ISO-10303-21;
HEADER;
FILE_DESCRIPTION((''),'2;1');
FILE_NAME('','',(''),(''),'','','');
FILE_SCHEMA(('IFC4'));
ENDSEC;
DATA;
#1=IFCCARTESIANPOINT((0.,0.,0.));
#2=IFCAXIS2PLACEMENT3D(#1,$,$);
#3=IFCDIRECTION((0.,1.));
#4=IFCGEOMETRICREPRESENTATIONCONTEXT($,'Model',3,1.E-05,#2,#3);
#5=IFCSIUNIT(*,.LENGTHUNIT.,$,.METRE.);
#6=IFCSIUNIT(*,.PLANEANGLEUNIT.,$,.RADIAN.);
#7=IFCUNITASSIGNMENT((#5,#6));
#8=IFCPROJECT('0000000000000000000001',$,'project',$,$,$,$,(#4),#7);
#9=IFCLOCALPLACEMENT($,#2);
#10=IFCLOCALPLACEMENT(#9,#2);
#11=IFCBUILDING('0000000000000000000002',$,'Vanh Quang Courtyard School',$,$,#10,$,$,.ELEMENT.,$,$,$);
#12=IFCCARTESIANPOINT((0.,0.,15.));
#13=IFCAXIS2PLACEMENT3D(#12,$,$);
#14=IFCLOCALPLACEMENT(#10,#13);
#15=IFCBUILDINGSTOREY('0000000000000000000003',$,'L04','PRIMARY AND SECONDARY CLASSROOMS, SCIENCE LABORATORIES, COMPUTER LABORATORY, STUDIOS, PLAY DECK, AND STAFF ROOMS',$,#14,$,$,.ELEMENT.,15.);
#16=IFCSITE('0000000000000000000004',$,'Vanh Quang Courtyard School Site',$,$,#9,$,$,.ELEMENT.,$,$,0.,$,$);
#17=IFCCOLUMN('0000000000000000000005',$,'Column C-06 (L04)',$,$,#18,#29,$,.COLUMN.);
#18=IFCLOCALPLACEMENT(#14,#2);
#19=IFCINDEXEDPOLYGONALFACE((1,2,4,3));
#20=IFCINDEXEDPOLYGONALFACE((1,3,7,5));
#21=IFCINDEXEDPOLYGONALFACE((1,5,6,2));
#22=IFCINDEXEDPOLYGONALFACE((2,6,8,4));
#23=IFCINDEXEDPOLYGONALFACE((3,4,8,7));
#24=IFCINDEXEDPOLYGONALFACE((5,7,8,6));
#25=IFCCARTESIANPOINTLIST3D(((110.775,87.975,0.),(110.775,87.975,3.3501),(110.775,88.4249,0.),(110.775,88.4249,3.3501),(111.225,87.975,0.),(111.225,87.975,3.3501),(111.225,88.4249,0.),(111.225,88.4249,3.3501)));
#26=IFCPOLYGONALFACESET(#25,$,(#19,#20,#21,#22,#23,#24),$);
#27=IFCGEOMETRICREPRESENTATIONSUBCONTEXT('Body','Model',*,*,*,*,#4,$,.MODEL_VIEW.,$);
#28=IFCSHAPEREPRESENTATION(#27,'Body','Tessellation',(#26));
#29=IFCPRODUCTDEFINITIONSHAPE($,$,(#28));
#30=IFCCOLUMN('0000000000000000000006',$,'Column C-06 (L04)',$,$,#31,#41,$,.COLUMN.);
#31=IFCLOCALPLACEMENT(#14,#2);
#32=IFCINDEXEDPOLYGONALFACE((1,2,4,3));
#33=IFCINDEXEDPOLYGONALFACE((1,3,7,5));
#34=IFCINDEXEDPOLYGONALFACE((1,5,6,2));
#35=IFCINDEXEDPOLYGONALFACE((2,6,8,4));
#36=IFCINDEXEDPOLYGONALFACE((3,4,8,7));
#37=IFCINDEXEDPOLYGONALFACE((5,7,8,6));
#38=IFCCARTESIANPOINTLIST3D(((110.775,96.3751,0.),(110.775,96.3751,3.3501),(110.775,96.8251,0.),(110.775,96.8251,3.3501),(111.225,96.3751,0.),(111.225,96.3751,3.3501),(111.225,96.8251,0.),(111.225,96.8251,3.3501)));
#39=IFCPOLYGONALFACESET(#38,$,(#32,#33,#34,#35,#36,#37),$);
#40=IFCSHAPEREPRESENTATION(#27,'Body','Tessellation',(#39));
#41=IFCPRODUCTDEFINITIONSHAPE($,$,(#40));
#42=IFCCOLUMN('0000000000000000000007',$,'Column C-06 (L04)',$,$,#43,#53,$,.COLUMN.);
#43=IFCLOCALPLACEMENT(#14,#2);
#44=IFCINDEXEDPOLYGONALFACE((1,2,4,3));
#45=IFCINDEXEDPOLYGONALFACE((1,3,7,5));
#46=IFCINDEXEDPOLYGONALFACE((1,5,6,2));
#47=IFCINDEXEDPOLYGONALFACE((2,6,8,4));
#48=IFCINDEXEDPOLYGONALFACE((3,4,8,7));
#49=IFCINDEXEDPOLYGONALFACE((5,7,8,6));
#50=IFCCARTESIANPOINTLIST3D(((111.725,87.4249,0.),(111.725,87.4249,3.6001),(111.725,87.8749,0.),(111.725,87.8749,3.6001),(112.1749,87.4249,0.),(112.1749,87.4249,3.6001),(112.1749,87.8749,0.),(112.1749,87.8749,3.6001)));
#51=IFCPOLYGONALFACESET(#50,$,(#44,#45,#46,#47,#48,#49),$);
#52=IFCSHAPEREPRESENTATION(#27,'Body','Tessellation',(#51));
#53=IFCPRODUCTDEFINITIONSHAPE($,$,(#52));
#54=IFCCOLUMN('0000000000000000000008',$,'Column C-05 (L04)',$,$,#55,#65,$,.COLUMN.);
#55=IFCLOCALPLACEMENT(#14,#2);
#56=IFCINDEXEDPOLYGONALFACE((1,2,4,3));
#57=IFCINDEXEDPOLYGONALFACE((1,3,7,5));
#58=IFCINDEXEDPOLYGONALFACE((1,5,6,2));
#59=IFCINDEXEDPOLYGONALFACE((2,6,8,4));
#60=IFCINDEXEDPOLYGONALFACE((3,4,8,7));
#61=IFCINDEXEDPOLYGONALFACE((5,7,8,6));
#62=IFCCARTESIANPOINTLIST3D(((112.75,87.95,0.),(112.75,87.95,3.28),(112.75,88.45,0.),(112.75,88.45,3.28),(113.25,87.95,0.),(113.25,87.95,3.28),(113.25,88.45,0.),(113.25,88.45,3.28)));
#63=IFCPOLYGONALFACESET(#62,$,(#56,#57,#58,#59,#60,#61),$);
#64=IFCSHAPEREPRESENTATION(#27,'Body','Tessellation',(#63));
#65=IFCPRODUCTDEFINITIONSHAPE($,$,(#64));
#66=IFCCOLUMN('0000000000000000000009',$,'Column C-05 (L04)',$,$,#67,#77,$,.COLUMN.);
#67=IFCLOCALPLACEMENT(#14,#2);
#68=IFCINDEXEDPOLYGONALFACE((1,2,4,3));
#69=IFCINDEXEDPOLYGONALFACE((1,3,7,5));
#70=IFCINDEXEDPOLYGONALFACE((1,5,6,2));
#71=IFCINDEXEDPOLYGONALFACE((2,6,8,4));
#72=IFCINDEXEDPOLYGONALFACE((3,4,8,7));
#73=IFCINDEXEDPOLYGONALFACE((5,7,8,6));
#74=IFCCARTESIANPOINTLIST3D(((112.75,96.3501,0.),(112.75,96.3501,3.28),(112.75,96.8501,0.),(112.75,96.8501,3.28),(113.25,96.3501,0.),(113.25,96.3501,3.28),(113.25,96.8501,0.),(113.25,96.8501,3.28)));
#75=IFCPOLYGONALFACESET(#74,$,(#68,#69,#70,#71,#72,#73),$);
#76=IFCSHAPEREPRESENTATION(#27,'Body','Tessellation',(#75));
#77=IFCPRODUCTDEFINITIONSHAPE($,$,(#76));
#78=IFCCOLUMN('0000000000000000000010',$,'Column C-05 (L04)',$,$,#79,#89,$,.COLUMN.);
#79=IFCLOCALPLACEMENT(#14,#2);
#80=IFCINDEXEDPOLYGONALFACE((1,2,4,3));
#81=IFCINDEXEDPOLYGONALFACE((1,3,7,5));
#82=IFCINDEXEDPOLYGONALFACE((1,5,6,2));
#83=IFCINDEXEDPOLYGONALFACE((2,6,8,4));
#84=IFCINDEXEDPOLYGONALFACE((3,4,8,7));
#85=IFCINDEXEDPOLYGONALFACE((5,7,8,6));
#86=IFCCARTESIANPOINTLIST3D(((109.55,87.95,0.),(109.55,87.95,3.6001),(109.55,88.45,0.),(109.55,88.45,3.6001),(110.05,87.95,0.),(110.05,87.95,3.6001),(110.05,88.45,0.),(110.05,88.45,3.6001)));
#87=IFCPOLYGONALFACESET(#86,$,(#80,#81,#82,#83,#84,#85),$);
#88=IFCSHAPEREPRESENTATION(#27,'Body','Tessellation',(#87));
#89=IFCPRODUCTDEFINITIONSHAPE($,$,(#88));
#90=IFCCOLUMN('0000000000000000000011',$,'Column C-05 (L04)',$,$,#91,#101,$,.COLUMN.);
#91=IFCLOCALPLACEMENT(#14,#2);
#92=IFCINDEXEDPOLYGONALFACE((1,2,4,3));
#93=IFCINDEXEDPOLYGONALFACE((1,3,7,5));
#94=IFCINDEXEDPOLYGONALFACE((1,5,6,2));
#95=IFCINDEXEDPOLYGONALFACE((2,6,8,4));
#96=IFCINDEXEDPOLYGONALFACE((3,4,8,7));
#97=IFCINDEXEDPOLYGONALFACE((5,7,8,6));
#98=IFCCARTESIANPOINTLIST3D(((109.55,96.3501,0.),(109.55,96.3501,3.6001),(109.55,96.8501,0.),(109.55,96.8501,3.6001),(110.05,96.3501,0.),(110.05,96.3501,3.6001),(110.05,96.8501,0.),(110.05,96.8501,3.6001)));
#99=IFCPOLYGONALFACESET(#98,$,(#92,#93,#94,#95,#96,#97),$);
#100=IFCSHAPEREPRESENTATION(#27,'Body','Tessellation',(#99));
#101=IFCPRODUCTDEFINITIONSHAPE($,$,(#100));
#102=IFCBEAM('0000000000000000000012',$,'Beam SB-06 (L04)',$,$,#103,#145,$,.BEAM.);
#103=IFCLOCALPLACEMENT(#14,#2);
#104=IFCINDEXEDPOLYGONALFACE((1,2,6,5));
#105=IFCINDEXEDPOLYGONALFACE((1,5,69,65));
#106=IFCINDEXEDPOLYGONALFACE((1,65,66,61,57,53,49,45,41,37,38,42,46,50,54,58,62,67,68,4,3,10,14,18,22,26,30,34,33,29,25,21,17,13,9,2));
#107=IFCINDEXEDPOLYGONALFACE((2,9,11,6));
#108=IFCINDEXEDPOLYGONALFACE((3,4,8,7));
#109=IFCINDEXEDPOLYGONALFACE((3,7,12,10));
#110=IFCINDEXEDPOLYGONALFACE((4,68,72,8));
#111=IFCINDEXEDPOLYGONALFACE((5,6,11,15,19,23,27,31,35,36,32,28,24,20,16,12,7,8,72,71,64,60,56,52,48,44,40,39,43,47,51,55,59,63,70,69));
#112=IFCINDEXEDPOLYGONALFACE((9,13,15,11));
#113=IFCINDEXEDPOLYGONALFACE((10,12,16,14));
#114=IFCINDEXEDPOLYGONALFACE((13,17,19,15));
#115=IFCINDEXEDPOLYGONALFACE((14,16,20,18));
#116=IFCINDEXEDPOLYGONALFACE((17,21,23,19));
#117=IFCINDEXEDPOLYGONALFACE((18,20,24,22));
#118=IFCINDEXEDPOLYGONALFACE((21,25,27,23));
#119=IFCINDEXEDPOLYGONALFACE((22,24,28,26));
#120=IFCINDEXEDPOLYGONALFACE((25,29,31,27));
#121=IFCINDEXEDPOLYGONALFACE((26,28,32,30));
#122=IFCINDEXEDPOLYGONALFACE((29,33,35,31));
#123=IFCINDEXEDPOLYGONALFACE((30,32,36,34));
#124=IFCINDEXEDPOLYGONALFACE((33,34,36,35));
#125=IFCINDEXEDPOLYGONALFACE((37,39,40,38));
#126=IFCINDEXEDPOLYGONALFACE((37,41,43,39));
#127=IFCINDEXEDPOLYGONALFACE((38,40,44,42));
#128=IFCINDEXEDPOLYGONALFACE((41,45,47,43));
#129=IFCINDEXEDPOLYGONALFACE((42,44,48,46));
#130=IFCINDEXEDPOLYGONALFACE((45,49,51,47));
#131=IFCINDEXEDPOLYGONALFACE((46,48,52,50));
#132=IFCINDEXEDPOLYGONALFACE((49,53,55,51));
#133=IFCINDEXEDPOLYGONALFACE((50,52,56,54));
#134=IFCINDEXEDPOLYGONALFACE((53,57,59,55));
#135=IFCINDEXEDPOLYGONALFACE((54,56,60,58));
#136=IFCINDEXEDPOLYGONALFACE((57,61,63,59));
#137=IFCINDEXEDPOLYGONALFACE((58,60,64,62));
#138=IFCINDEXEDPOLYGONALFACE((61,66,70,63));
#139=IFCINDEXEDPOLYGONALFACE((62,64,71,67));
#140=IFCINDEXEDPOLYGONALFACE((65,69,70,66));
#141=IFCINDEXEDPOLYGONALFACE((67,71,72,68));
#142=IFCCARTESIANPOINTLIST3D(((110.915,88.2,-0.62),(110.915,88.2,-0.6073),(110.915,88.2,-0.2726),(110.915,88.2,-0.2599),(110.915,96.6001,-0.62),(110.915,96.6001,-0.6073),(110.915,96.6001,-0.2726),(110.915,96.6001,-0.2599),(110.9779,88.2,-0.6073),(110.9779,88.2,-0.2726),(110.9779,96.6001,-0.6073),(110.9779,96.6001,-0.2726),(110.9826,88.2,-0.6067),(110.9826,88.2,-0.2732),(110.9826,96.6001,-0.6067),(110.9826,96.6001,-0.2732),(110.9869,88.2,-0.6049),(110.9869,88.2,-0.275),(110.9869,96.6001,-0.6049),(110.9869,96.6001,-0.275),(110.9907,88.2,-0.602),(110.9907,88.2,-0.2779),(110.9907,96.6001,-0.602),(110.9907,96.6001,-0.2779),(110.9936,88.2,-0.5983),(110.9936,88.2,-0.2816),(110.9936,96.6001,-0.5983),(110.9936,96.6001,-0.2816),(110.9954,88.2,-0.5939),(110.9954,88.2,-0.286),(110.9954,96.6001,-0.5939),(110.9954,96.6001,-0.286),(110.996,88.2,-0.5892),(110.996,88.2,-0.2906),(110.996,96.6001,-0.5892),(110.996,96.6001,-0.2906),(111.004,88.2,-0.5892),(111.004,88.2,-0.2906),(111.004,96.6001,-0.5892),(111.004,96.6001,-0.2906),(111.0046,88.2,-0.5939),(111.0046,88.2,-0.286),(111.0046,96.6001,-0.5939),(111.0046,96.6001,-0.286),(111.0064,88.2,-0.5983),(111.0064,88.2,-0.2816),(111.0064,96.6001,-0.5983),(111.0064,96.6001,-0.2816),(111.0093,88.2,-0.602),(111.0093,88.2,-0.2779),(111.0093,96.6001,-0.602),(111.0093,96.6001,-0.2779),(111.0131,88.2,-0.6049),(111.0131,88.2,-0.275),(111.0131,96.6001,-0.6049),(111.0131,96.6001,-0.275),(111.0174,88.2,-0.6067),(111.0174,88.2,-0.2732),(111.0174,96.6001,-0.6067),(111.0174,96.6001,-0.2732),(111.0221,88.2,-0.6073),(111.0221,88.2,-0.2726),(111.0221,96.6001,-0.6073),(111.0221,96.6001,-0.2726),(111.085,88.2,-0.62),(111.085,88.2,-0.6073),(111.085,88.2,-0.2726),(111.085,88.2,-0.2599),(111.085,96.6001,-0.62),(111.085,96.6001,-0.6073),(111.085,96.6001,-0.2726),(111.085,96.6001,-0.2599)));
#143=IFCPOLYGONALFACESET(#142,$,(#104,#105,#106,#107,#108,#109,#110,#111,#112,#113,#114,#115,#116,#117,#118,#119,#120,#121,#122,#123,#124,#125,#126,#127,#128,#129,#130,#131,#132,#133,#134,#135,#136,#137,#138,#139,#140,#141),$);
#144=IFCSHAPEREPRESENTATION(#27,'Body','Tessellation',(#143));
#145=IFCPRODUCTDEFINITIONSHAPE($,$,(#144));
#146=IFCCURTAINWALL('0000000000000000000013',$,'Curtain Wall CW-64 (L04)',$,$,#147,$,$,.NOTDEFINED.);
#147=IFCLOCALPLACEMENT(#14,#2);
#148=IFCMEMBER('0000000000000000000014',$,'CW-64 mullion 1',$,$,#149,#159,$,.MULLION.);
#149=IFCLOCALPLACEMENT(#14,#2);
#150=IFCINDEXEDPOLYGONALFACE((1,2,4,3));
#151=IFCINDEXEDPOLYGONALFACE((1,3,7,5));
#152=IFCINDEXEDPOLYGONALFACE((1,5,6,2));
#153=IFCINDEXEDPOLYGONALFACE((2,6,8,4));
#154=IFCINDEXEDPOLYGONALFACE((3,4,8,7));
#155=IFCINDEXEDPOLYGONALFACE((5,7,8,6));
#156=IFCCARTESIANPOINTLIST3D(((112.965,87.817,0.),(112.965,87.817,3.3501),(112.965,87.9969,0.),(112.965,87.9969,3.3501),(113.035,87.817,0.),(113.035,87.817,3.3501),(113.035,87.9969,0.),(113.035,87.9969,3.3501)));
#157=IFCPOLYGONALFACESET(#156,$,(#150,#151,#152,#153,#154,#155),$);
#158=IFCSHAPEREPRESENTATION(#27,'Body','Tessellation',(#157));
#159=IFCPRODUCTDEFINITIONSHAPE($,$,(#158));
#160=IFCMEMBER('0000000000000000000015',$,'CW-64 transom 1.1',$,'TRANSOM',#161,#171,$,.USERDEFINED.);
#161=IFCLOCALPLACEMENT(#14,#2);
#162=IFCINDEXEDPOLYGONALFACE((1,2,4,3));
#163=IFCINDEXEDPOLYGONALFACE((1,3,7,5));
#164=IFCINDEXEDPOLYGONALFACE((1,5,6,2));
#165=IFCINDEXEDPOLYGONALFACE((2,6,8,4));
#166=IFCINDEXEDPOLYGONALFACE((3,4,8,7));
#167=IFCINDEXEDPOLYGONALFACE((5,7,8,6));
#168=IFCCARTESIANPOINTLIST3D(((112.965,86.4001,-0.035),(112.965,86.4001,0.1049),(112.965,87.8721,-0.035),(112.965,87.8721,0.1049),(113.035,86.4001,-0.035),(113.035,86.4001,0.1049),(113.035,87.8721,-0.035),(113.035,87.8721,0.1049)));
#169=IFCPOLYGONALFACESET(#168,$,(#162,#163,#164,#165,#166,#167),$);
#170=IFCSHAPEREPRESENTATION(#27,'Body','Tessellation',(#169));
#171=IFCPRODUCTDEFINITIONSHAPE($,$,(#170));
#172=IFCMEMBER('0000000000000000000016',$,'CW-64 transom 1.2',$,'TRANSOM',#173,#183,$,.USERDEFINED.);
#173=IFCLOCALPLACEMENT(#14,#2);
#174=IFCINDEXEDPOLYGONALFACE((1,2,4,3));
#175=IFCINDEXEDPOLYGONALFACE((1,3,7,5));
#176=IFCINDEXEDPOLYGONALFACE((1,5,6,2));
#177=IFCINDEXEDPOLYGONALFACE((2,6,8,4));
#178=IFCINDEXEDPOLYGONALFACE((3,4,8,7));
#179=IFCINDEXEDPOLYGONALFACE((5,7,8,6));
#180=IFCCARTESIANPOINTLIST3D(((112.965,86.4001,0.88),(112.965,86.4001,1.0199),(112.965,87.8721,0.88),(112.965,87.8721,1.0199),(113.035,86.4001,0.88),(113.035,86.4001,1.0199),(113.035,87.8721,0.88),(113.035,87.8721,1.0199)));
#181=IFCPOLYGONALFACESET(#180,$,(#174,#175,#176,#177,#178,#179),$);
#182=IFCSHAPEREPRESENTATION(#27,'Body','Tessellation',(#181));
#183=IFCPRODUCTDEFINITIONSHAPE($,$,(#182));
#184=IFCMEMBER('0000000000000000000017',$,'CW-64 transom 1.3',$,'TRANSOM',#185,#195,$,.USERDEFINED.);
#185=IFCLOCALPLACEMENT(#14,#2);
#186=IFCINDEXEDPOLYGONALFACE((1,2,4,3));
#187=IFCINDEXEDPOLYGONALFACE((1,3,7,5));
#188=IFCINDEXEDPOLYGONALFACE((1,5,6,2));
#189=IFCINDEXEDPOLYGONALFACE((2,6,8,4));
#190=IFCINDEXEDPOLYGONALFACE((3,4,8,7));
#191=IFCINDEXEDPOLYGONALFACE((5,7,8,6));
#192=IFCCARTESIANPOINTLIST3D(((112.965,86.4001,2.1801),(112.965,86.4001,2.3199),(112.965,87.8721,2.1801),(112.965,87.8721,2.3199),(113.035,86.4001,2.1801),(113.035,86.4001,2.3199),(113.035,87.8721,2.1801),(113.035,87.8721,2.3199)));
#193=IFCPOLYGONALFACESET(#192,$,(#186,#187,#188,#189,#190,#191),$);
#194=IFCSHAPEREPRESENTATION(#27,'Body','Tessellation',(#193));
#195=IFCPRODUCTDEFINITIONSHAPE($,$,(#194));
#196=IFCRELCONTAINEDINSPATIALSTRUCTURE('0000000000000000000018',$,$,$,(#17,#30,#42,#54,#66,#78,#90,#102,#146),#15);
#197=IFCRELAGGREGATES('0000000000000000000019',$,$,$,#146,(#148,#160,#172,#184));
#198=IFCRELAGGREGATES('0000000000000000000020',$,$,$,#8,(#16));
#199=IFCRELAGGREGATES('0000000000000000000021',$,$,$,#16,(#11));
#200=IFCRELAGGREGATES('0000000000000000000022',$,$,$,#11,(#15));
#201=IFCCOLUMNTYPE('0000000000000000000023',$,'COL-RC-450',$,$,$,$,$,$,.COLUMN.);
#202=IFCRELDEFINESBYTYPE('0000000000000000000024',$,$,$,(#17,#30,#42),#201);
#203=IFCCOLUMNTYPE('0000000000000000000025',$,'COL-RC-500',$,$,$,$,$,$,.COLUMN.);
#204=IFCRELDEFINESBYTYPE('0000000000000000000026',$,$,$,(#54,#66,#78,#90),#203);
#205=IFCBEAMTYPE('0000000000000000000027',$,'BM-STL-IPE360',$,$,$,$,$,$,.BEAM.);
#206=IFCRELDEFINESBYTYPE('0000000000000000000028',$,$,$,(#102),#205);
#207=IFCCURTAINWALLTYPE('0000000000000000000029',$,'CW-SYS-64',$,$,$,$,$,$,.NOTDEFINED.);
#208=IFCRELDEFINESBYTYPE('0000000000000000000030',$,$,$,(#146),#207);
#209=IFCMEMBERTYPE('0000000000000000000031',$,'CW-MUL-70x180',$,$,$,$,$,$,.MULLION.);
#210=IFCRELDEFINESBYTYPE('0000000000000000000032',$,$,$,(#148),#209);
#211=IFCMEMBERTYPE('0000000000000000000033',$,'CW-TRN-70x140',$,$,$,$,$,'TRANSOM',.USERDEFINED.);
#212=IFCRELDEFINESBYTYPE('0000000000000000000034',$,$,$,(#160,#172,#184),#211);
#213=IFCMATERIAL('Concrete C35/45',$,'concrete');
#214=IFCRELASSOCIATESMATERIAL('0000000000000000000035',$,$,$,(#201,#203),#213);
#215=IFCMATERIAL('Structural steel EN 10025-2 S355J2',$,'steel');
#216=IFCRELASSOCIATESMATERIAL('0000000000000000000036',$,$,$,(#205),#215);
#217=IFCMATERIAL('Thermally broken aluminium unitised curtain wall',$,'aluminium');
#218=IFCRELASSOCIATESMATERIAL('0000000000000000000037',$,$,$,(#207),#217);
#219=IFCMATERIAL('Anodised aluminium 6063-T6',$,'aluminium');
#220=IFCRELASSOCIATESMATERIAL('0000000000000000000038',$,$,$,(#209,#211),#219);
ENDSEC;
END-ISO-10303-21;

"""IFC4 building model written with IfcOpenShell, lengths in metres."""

from ifc_helpers import new_model, si_unit, direction, frame, origin, origin_2d, place, context, subcontext, project, spatial, rectangle, i_section, extrude, material, material_profile, profile_set, type_object, element, aggregate, save


model = new_model("IFC4")

# Units and contexts
model_context = context("Model", 3, precision=1e-05, world=origin(), true_north=direction((0.0, 1.0)))
body_context = subcontext(model_context, "Body", "Model", "MODEL_VIEW")
ifc_project = project(units=[si_unit("LENGTHUNIT", "METRE"), si_unit("PLANEANGLEUNIT", "RADIAN")], contexts=[model_context])

# Site, building, storey
site_placement = place(None, origin())
site = spatial("IfcSite", under=ifc_project, at=site_placement, Name="Vanh Quang Courtyard School Site", CompositionType="ELEMENT", RefElevation=0.0)
building_placement = place(site_placement, origin())
building = spatial("IfcBuilding", under=site, at=building_placement, Name="Vanh Quang Courtyard School", CompositionType="ELEMENT")
storey_placement = place(building_placement, frame((0.0, 0.0, 15.0)))
storey = spatial("IfcBuildingStorey", under=building, at=storey_placement, Name="L04", Description="PRIMARY AND SECONDARY CLASSROOMS, SCIENCE LABORATORIES, COMPUTER LABORATORY, STUDIOS, PLAY DECK, AND STAFF ROOMS", CompositionType="ELEMENT", Elevation=15.0)

# Columns
ifc_material_1 = material(Name="Concrete C35/45", Category="concrete")
ifc_material_profile_1 = material_profile(ifc_material_1, rectangle(XDim=0.45, YDim=0.45, at=origin_2d()), Name="RC-COL 450x450")
ifc_profile_set_1 = profile_set([ifc_material_profile_1], Name="Concrete C35/45")
column_type_1 = type_object("IfcColumnType", Name="COL-RC-450", PredefinedType="COLUMN", material=ifc_profile_set_1)
for number, where, z_axis, x_axis, name in (
    (1, (111.0, 88.2, 0.0), (0.0, 0.0, 1.0), (1.0, 0.0, 0.0), "Column C-06 (L04)"),
    (2, (111.0, 96.6001, 0.0), (0.0, 0.0, 1.0), (1.0, 0.0, 0.0), "Column C-06 (L04)"),
):
    element("IfcColumn", number, at=place(storey_placement, frame(where, z_axis=z_axis, x_axis=x_axis)), inside=storey, type_object=column_type_1, Name=name, PredefinedType="COLUMN", context=body_context, shape_type="SweptSolid", body=[
        extrude(rectangle(XDim=0.45, YDim=0.45, at=origin_2d()), origin(), (0.0, 0.0, 1.0), 3.3501),
    ])
column_placement = place(storey_placement, frame((111.95, 87.6499, 0.0), z_axis=(0.0, 0.0, 1.0), x_axis=(1.0, 0.0, 0.0)))
element("IfcColumn", 3, at=column_placement, inside=storey, type_object=column_type_1, Name="Column C-06 (L04)", PredefinedType="COLUMN", context=body_context, shape_type="SweptSolid", body=[
    extrude(rectangle(XDim=0.45, YDim=0.45, at=origin_2d()), origin(), (0.0, 0.0, 1.0), 3.6001),
])
ifc_material_profile_2 = material_profile(ifc_material_1, rectangle(XDim=0.5, YDim=0.5, at=origin_2d()), Name="RC-COL 500x500")
ifc_profile_set_2 = profile_set([ifc_material_profile_2], Name="Concrete C35/45")
column_type_2 = type_object("IfcColumnType", Name="COL-RC-500", PredefinedType="COLUMN", material=ifc_profile_set_2)
for number, where, z_axis, x_axis, name in (
    (4, (113.0, 88.2, 0.0), (0.0, 0.0, 1.0), (1.0, 0.0, 0.0), "Column C-05 (L04)"),
    (5, (113.0, 96.6001, 0.0), (0.0, 0.0, 1.0), (1.0, 0.0, 0.0), "Column C-05 (L04)"),
):
    element("IfcColumn", number, at=place(storey_placement, frame(where, z_axis=z_axis, x_axis=x_axis)), inside=storey, type_object=column_type_2, Name=name, PredefinedType="COLUMN", context=body_context, shape_type="SweptSolid", body=[
        extrude(rectangle(XDim=0.5, YDim=0.5, at=origin_2d()), origin(), (0.0, 0.0, 1.0), 3.28),
    ])
for number, where, z_axis, x_axis, name in (
    (6, (109.8, 88.2, 0.0), (0.0, 0.0, 1.0), (1.0, 0.0, 0.0), "Column C-05 (L04)"),
    (7, (109.8, 96.6001, 0.0), (0.0, 0.0, 1.0), (1.0, 0.0, 0.0), "Column C-05 (L04)"),
):
    element("IfcColumn", number, at=place(storey_placement, frame(where, z_axis=z_axis, x_axis=x_axis)), inside=storey, type_object=column_type_2, Name=name, PredefinedType="COLUMN", context=body_context, shape_type="SweptSolid", body=[
        extrude(rectangle(XDim=0.5, YDim=0.5, at=origin_2d()), origin(), (0.0, 0.0, 1.0), 3.6001),
    ])

# Beam
ifc_material_2 = material(Name="Structural steel EN 10025-2 S355J2", Category="steel")
ifc_material_profile_3 = material_profile(ifc_material_2, i_section(OverallWidth=0.1699, OverallDepth=0.3601, WebThickness=0.0081, FlangeThickness=0.0127, FilletRadius=0.0181, at=origin_2d()), Name="IPE 360")
ifc_profile_set_3 = profile_set([ifc_material_profile_3], Name="Structural steel EN 10025-2 S355J2")
beam_type = type_object("IfcBeamType", Name="BM-STL-IPE360", PredefinedType="BEAM", material=ifc_profile_set_3)
beam_placement = place(storey_placement, frame((111.0, 88.2, -0.4399), z_axis=(0.0, 1.0, 0.0), x_axis=(-1.0, 0.0, 0.0)))
element("IfcBeam", 8, at=beam_placement, inside=storey, type_object=beam_type, Name="Beam SB-06 (L04)", PredefinedType="BEAM", context=body_context, shape_type="SweptSolid", body=[
    extrude(i_section(OverallWidth=0.1699, OverallDepth=0.3601, WebThickness=0.0081, FlangeThickness=0.0127, FilletRadius=0.0181, at=origin_2d()), origin(), (0.0, 0.0, 1.0), 8.4001),
])

# Curtain wall, members
ifc_material_3 = material(Name="Thermally broken aluminium unitised curtain wall", Category="aluminium")
curtain_wall_type = type_object("IfcCurtainWallType", Name="CW-SYS-64", PredefinedType="NOTDEFINED", material=ifc_material_3)
curtain_wall_placement = place(storey_placement, origin())
curtain_wall = element("IfcCurtainWall", 9, at=curtain_wall_placement, inside=storey, type_object=curtain_wall_type, Name="Curtain Wall CW-64 (L04)", PredefinedType="NOTDEFINED")
ifc_material_4 = material(Name="Anodised aluminium 6063-T6", Category="aluminium")
ifc_material_profile_4 = material_profile(ifc_material_4, rectangle(XDim=0.0701, YDim=0.1799, at=origin_2d()), Name="ALU-MUL 70x180")
ifc_profile_set_4 = profile_set([ifc_material_profile_4], Name="Anodised aluminium 6063-T6")
member_type_1 = type_object("IfcMemberType", Name="CW-MUL-70x180", PredefinedType="MULLION", material=ifc_profile_set_4)
member_1_placement = place(storey_placement, frame((113.0, 87.907, 0.0), z_axis=(0.0, 0.0, 1.0), x_axis=(1.0, 0.0, 0.0)))
member_1 = element("IfcMember", 10, at=member_1_placement, type_object=member_type_1, Name="CW-64 mullion 1", PredefinedType="MULLION", context=body_context, shape_type="SweptSolid", body=[
    extrude(rectangle(XDim=0.0701, YDim=0.1799, at=origin_2d()), origin(), (0.0, 0.0, 1.0), 3.3501),
])
ifc_material_profile_5 = material_profile(ifc_material_4, rectangle(XDim=0.0701, YDim=0.1399, at=origin_2d()), Name="ALU-TRN 70x140")
ifc_profile_set_5 = profile_set([ifc_material_profile_5], Name="Anodised aluminium 6063-T6")
member_type_2 = type_object("IfcMemberType", Name="CW-TRN-70x140", ElementType="TRANSOM", PredefinedType="USERDEFINED", material=ifc_profile_set_5)
member_2_placement = place(storey_placement, frame((113.0, 87.8721, 0.0349), z_axis=(0.0, -1.0, 0.0), x_axis=(1.0, 0.0, 0.0)))
member_2 = element("IfcMember", 11, at=member_2_placement, type_object=member_type_2, Name="CW-64 transom 1.1", ObjectType="TRANSOM", PredefinedType="USERDEFINED", context=body_context, shape_type="SweptSolid", body=[
    extrude(rectangle(XDim=0.0701, YDim=0.1399, at=origin_2d()), origin(), (0.0, 0.0, 1.0), 1.4719),
])
member_3_placement = place(storey_placement, frame((113.0, 87.8721, 0.95), z_axis=(0.0, -1.0, 0.0), x_axis=(1.0, 0.0, 0.0)))
member_3 = element("IfcMember", 12, at=member_3_placement, type_object=member_type_2, Name="CW-64 transom 1.2", ObjectType="TRANSOM", PredefinedType="USERDEFINED", context=body_context, shape_type="SweptSolid", body=[
    extrude(rectangle(XDim=0.0701, YDim=0.1399, at=origin_2d()), origin(), (0.0, 0.0, 1.0), 1.4719),
])
member_4_placement = place(storey_placement, frame((113.0, 87.8721, 2.25), z_axis=(0.0, -1.0, 0.0), x_axis=(1.0, 0.0, 0.0)))
member_4 = element("IfcMember", 13, at=member_4_placement, type_object=member_type_2, Name="CW-64 transom 1.3", ObjectType="TRANSOM", PredefinedType="USERDEFINED", context=body_context, shape_type="SweptSolid", body=[
    extrude(rectangle(XDim=0.0701, YDim=0.1399, at=origin_2d()), origin(), (0.0, 0.0, 1.0), 1.4719),
])
aggregate(curtain_wall, [member_1, member_2, member_3, member_4])

save(model, "model.ifc")
